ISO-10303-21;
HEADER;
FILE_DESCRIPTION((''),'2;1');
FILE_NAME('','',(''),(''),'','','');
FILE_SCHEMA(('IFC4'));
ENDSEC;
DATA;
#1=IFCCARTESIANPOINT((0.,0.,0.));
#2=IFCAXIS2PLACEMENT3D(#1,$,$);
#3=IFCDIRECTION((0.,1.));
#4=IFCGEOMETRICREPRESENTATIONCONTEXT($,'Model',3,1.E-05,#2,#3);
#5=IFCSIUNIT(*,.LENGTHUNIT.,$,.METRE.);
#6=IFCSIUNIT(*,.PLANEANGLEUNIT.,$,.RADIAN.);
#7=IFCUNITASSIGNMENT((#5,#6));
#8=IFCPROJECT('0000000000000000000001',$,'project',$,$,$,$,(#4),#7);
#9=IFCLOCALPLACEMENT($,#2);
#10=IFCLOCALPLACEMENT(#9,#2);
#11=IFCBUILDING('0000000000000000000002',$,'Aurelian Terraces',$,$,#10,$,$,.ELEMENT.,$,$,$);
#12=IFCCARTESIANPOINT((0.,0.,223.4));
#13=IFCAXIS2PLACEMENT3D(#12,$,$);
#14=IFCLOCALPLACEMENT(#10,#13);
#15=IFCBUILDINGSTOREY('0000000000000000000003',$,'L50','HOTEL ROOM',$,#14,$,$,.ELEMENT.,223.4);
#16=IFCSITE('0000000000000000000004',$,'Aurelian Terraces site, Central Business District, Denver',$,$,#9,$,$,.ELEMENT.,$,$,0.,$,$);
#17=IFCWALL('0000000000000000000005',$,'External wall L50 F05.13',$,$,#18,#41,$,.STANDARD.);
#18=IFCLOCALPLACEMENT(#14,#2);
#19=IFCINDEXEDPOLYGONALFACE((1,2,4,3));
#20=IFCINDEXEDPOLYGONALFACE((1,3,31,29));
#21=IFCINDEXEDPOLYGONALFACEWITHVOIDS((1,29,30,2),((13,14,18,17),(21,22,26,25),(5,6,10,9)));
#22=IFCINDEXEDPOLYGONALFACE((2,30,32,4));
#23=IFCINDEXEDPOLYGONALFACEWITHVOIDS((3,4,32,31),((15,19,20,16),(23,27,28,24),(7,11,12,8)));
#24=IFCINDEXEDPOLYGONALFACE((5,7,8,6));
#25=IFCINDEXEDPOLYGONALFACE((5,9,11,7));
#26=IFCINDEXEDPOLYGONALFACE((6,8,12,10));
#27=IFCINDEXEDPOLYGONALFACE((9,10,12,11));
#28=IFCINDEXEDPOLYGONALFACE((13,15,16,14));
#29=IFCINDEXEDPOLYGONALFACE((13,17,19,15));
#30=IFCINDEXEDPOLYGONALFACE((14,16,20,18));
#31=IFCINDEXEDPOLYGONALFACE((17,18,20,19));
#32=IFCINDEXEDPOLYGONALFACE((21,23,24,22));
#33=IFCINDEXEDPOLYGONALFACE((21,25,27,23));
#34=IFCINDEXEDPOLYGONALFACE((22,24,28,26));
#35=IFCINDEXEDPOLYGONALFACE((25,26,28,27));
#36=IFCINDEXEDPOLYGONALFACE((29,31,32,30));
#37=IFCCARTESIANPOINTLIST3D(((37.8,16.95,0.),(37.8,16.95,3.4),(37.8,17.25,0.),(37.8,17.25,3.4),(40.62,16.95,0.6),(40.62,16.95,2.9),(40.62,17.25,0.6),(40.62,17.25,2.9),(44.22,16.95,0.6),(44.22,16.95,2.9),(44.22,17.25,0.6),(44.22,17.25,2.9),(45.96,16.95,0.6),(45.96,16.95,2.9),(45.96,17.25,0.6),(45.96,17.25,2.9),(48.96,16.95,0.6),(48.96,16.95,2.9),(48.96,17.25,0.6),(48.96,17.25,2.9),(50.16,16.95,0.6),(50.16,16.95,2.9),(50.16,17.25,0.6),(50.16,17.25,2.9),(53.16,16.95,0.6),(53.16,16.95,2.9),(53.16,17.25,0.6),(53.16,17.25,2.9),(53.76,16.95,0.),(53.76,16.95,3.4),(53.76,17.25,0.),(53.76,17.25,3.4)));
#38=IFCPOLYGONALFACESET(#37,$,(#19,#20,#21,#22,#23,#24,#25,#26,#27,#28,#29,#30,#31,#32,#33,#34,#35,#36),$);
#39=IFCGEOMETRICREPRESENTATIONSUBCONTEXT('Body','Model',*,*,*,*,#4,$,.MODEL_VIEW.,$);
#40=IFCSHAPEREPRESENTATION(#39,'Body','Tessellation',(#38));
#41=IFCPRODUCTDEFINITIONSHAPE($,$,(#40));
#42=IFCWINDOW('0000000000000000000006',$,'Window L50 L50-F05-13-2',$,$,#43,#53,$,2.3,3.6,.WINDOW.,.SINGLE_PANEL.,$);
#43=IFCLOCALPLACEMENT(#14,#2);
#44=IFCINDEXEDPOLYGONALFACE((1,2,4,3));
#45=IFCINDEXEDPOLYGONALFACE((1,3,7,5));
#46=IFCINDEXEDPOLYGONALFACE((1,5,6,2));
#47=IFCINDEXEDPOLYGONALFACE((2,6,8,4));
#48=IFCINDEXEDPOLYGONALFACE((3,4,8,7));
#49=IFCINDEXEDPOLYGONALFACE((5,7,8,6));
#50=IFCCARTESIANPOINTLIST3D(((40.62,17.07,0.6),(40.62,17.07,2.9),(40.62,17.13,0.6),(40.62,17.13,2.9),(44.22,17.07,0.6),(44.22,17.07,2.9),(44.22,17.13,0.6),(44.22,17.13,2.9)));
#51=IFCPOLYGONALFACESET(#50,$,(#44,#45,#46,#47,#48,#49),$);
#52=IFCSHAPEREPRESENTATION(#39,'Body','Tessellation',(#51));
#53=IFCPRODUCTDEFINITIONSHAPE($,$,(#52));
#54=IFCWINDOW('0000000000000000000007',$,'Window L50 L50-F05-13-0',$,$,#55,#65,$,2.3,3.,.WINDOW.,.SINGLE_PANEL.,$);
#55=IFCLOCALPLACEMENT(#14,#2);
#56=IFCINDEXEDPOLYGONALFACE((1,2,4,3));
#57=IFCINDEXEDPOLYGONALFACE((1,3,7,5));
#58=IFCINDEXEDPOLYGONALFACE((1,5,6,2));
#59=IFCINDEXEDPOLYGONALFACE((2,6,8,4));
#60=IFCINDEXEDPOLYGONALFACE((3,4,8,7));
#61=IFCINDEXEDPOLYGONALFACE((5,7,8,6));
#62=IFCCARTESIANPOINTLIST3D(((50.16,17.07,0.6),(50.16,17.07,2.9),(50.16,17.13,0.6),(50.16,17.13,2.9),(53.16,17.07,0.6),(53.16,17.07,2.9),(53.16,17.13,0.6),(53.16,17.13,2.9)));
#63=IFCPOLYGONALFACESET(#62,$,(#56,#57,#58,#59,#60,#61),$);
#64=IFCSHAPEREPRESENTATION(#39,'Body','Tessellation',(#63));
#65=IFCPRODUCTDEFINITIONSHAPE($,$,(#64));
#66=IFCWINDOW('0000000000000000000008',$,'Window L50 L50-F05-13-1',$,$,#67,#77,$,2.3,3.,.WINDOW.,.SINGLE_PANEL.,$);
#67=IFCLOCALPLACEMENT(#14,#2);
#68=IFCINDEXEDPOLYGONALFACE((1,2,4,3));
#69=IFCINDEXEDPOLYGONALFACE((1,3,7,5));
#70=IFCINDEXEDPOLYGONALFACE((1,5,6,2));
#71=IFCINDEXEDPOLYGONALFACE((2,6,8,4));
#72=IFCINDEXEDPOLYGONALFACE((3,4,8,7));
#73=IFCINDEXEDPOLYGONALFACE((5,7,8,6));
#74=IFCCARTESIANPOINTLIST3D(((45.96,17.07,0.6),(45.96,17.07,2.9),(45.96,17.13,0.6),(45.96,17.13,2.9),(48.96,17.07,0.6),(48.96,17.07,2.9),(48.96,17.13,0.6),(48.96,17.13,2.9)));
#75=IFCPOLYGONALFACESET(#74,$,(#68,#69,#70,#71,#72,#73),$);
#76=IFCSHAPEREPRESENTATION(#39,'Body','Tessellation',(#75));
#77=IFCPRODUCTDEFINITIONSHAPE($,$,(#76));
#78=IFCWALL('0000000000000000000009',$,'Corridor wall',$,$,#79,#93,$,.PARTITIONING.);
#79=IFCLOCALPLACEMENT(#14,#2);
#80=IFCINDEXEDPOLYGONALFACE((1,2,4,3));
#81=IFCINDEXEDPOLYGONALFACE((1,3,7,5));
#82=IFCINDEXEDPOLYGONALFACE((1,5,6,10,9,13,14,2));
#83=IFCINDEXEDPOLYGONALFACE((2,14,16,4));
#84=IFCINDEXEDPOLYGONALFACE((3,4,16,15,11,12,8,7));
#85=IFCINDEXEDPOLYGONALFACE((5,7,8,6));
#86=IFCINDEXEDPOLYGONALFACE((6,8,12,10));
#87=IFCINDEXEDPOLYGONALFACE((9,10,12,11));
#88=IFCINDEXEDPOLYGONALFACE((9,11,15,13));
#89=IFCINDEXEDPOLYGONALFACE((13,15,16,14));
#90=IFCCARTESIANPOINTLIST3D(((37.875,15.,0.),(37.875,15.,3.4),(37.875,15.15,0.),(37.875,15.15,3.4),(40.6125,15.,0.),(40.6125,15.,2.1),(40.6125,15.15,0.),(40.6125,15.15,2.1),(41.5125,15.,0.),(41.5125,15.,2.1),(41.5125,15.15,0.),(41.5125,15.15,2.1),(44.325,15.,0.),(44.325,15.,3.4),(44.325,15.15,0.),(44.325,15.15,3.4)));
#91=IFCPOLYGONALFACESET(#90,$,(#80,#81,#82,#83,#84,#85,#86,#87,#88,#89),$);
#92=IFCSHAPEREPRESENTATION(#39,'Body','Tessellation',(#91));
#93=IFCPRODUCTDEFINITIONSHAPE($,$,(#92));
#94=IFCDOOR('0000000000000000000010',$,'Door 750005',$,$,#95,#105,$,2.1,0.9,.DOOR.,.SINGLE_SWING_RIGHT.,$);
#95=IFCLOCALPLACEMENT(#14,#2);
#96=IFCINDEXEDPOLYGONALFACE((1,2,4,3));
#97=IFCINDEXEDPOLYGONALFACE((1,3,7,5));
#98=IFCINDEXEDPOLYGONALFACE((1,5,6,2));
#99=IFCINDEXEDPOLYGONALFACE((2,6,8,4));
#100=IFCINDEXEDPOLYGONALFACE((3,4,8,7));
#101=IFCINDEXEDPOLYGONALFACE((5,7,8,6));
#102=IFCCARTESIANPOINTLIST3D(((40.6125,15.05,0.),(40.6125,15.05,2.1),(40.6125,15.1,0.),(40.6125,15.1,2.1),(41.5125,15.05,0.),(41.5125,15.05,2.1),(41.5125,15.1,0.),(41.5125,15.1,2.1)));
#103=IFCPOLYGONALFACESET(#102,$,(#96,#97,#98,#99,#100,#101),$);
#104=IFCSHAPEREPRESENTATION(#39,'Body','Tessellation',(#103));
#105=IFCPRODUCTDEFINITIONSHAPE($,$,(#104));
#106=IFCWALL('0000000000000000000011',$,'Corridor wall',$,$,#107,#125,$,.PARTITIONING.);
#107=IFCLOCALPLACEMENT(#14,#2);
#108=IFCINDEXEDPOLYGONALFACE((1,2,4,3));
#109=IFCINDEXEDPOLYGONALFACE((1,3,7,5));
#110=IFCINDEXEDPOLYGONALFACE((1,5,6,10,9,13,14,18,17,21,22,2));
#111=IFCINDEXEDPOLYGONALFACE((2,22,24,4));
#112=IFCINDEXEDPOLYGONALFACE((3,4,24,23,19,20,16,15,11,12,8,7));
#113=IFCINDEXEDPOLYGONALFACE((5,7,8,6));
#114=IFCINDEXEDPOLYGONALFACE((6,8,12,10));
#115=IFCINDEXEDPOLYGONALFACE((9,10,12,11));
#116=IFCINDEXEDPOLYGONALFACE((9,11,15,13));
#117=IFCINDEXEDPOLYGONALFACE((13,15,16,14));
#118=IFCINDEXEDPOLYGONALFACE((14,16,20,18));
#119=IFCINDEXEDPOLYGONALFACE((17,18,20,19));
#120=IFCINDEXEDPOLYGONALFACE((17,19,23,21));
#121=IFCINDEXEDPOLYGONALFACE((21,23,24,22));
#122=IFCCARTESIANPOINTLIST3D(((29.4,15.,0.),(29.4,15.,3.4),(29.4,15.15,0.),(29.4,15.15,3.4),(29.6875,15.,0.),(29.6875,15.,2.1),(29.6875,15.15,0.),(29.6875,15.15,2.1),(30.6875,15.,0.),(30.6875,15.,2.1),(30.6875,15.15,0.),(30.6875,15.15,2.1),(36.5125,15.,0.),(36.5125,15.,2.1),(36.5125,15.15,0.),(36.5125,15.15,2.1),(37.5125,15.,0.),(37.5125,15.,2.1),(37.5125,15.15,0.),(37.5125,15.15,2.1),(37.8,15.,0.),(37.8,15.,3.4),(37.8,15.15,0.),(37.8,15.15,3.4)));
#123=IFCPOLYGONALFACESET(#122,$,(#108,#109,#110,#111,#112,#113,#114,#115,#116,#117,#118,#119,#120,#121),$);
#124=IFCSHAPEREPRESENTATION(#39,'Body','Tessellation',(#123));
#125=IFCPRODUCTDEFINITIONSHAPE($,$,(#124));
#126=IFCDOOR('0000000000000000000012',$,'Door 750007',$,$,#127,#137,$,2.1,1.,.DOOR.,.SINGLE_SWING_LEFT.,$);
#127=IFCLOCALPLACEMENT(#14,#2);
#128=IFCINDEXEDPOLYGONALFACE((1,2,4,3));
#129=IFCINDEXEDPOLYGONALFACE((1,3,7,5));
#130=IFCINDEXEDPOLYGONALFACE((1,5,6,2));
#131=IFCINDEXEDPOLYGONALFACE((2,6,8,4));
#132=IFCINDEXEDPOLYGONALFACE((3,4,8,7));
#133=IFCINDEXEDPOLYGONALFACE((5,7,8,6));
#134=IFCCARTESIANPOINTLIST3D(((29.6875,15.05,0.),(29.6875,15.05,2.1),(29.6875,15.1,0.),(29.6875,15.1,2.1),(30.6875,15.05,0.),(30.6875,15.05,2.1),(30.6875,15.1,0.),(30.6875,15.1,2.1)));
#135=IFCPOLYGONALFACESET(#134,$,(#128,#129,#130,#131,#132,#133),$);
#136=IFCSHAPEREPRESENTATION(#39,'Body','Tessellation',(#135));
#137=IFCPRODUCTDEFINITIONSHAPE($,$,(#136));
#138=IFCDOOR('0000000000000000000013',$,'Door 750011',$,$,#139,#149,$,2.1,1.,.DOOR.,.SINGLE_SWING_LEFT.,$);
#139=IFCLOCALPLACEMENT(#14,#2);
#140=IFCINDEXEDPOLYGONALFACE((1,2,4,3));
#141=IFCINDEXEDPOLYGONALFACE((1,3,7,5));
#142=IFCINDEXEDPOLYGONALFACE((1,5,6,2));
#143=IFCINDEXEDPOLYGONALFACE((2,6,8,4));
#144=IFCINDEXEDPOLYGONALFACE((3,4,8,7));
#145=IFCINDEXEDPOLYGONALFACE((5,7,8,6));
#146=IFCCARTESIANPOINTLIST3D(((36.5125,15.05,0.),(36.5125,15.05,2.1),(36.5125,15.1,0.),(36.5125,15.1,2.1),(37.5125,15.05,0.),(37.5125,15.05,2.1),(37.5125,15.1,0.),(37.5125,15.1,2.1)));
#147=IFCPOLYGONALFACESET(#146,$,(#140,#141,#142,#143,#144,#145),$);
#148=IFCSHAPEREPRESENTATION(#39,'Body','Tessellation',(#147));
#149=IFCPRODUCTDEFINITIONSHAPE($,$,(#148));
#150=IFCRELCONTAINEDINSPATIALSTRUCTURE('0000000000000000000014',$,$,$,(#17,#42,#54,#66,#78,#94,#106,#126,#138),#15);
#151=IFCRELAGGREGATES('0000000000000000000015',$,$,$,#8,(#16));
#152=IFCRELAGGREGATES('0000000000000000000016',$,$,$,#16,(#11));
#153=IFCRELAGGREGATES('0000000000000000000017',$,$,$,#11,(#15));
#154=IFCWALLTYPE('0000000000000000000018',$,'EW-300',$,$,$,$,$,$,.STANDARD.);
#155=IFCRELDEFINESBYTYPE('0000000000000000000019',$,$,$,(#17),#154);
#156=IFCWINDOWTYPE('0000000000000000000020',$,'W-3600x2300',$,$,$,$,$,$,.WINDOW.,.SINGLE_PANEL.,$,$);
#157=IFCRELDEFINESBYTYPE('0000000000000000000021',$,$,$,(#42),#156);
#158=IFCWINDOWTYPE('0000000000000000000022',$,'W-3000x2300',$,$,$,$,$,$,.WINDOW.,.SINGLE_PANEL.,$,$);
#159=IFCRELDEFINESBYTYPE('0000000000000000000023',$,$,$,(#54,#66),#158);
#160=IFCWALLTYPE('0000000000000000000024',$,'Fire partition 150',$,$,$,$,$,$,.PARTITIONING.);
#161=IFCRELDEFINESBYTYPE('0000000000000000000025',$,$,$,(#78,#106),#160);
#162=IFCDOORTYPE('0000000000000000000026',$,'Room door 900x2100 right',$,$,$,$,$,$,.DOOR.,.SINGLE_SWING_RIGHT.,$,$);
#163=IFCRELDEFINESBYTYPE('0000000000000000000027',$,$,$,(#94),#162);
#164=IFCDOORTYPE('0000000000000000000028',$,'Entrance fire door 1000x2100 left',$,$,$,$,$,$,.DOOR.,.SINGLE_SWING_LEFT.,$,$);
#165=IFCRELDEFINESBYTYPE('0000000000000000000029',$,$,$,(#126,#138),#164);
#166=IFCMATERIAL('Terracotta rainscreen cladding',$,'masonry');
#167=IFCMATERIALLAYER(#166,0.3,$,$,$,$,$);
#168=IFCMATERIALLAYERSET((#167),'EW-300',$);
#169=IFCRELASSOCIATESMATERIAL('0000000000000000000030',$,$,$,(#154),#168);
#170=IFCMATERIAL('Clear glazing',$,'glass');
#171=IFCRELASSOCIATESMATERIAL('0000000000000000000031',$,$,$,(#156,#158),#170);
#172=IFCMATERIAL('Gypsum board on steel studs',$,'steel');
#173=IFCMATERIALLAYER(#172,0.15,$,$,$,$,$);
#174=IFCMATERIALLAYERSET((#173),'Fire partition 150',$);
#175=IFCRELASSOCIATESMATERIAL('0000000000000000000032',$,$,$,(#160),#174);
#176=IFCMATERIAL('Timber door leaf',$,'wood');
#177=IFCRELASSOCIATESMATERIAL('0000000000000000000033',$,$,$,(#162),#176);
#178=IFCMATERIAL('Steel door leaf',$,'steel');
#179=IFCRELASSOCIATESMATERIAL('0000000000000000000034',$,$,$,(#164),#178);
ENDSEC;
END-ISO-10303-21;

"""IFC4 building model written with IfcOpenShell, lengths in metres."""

from ifc_helpers import new_model, si_unit, direction, frame, frame_2d, origin, place, context, subcontext, project, spatial, rectangle, extrude, source, transform, mapped, material, layer, layer_set, type_object, element, fill, save


model = new_model("IFC4")

# Units and contexts
model_context = context("Model", 3, precision=1e-05, world=origin(), true_north=direction((0.0, 1.0)))
body_context = subcontext(model_context, "Body", "Model", "MODEL_VIEW")
ifc_project = project(units=[si_unit("LENGTHUNIT", "METRE"), si_unit("PLANEANGLEUNIT", "RADIAN")], contexts=[model_context])

# Site, building, storey
site_placement = place(None, origin())
site = spatial("IfcSite", under=ifc_project, at=site_placement, Name="Aurelian Terraces site, Central Business District, Denver", CompositionType="ELEMENT", RefElevation=0.0)
building_placement = place(site_placement, origin())
building = spatial("IfcBuilding", under=site, at=building_placement, Name="Aurelian Terraces", CompositionType="ELEMENT")
storey_placement = place(building_placement, frame((0.0, 0.0, 223.4)))
storey = spatial("IfcBuildingStorey", under=building, at=storey_placement, Name="L50", Description="HOTEL ROOM", CompositionType="ELEMENT", Elevation=223.4)

# Shared definitions
ifc_material_1 = material(Name="Terracotta rainscreen cladding", Category="masonry")
ifc_layer_1 = layer(ifc_material_1, 0.3)
ifc_layer_set_1 = layer_set([ifc_layer_1], Name="EW-300")
wall_type_1 = type_object("IfcWallType", Name="EW-300", PredefinedType="STANDARD", material=ifc_layer_set_1)
ifc_material_2 = material(Name="Clear glazing", Category="glass")

# Wall, openings, windows
shared_shape_1 = source(origin(), body_context, "Body", "SweptSolid", [
    extrude(rectangle(XDim=15.96, YDim=0.3, at=frame_2d((7.98, 0.0))), origin(), (0.0, 0.0, 1.0), 3.4),
])
wall_1_placement = place(storey_placement, frame((53.76, 17.1, 0.0), z_axis=(0.0, 0.0, 1.0), x_axis=(-1.0, 0.0, 0.0)))
wall_1 = element("IfcWall", 1, at=wall_1_placement, inside=storey, type_object=wall_type_1, Name="External wall L50 F05.13", PredefinedType="STANDARD", context=body_context, shape_type="MappedRepresentation", body=[
    mapped(shared_shape_1, transform((0.0, 0.0, 0.0), scale=1.0)),
])
shared_shape_2 = source(origin(), body_context, "Body", "SweptSolid", [
    extrude(rectangle(XDim=3.0, YDim=2.3, at=frame_2d((1.5, 1.15))), frame((0.0, 0.16, 0.0), z_axis=(0.0, -1.0, 0.0), x_axis=(1.0, 0.0, 0.0)), (0.0, 0.0, 1.0), 0.32),
])
opening_1_placement = place(wall_1_placement, frame((0.6, 0.0, 0.6)))
opening_1 = element("IfcOpeningElement", 2, at=opening_1_placement, cuts=wall_1, PredefinedType="OPENING", context=body_context, shape_type="MappedRepresentation", body=[
    mapped(shared_shape_2, transform((0.0, 0.0, 0.0), scale=1.0)),
])
opening_2_placement = place(wall_1_placement, frame((4.8, 0.0, 0.6)))
opening_2 = element("IfcOpeningElement", 3, at=opening_2_placement, cuts=wall_1, PredefinedType="OPENING", context=body_context, shape_type="MappedRepresentation", body=[
    mapped(shared_shape_2, transform((0.0, 0.0, 0.0), scale=1.0)),
])
shared_shape_3 = source(origin(), body_context, "Body", "SweptSolid", [
    extrude(rectangle(XDim=3.6, YDim=2.3, at=frame_2d((1.8, 1.15))), frame((0.0, 0.16, 0.0), z_axis=(0.0, -1.0, 0.0), x_axis=(1.0, 0.0, 0.0)), (0.0, 0.0, 1.0), 0.32),
])
opening_3_placement = place(wall_1_placement, frame((9.54, 0.0, 0.6)))
opening_3 = element("IfcOpeningElement", 4, at=opening_3_placement, cuts=wall_1, PredefinedType="OPENING", context=body_context, shape_type="MappedRepresentation", body=[
    mapped(shared_shape_3, transform((0.0, 0.0, 0.0), scale=1.0)),
])
window_type_1 = type_object("IfcWindowType", Name="W-3600x2300", PartitioningType="SINGLE_PANEL", PredefinedType="WINDOW", material=ifc_material_2)
shared_shape_4 = source(origin(), body_context, "Body", "SweptSolid", [
    extrude(rectangle(XDim=3.6, YDim=2.3, at=frame_2d((1.8, 1.15))), frame((0.0, 0.03, 0.0), z_axis=(0.0, -1.0, 0.0), x_axis=(1.0, 0.0, 0.0)), (0.0, 0.0, 1.0), 0.06),
])
window_1_placement = place(opening_3_placement, origin())
window_1 = element("IfcWindow", 5, at=window_1_placement, inside=storey, type_object=window_type_1, Name="Window L50 L50-F05-13-2", OverallHeight=2.3, OverallWidth=3.6, PartitioningType="SINGLE_PANEL", PredefinedType="WINDOW", context=body_context, shape_type="MappedRepresentation", body=[
    mapped(shared_shape_4, transform((0.0, 0.0, 0.0), scale=1.0)),
])
fill(opening_3, window_1)
window_type_2 = type_object("IfcWindowType", Name="W-3000x2300", PartitioningType="SINGLE_PANEL", PredefinedType="WINDOW", material=ifc_material_2)
shared_shape_5 = source(origin(), body_context, "Body", "SweptSolid", [
    extrude(rectangle(XDim=3.0, YDim=2.3, at=frame_2d((1.5, 1.15))), frame((0.0, 0.03, 0.0), z_axis=(0.0, -1.0, 0.0), x_axis=(1.0, 0.0, 0.0)), (0.0, 0.0, 1.0), 0.06),
])
window_2_placement = place(opening_1_placement, origin())
window_2 = element("IfcWindow", 6, at=window_2_placement, inside=storey, type_object=window_type_2, Name="Window L50 L50-F05-13-0", OverallHeight=2.3, OverallWidth=3.0, PartitioningType="SINGLE_PANEL", PredefinedType="WINDOW", context=body_context, shape_type="MappedRepresentation", body=[
    mapped(shared_shape_5, transform((0.0, 0.0, 0.0), scale=1.0)),
])
fill(opening_1, window_2)
window_3_placement = place(opening_2_placement, origin())
window_3 = element("IfcWindow", 7, at=window_3_placement, inside=storey, type_object=window_type_2, Name="Window L50 L50-F05-13-1", OverallHeight=2.3, OverallWidth=3.0, PartitioningType="SINGLE_PANEL", PredefinedType="WINDOW", context=body_context, shape_type="MappedRepresentation", body=[
    mapped(shared_shape_5, transform((0.0, 0.0, 0.0), scale=1.0)),
])
fill(opening_2, window_3)

# Wall, opening, door
ifc_material_3 = material(Name="Gypsum board on steel studs", Category="steel")
ifc_layer_2 = layer(ifc_material_3, 0.15)
ifc_layer_set_2 = layer_set([ifc_layer_2], Name="Fire partition 150")
wall_type_2 = type_object("IfcWallType", Name="Fire partition 150", PredefinedType="PARTITIONING", material=ifc_layer_set_2)
shared_shape_6 = source(origin(), body_context, "Body", "SweptSolid", [
    extrude(rectangle(XDim=6.45, YDim=0.15, at=frame_2d((3.225, 0.0))), origin(), (0.0, 0.0, 1.0), 3.4),
])
wall_2_placement = place(storey_placement, frame((44.325, 15.075, 0.0), z_axis=(0.0, 0.0, 1.0), x_axis=(-1.0, 0.0, 0.0)))
wall_2 = element("IfcWall", 8, at=wall_2_placement, inside=storey, type_object=wall_type_2, Name="Corridor wall", PredefinedType="PARTITIONING", context=body_context, shape_type="MappedRepresentation", body=[
    mapped(shared_shape_6, transform((0.0, 0.0, 0.0), scale=1.0)),
])
shared_shape_7 = source(origin(), body_context, "Body", "SweptSolid", [
    extrude(rectangle(XDim=0.9, YDim=2.1, at=frame_2d((0.45, 1.05))), frame((0.0, 0.085, 0.0), z_axis=(0.0, -1.0, 0.0), x_axis=(1.0, 0.0, 0.0)), (0.0, 0.0, 1.0), 0.17),
])
opening_4_placement = place(wall_2_placement, frame((2.8125, 0.0, 0.0)))
opening_4 = element("IfcOpeningElement", 9, at=opening_4_placement, cuts=wall_2, PredefinedType="OPENING", context=body_context, shape_type="MappedRepresentation", body=[
    mapped(shared_shape_7, transform((0.0, 0.0, 0.0), scale=1.0)),
])
ifc_material_4 = material(Name="Timber door leaf", Category="wood")
door_type_1 = type_object("IfcDoorType", Name="Room door 900x2100 right", OperationType="SINGLE_SWING_RIGHT", PredefinedType="DOOR", material=ifc_material_4)
shared_shape_8 = source(origin(), body_context, "Body", "SweptSolid", [
    extrude(rectangle(XDim=0.9, YDim=2.1, at=frame_2d((0.45, 1.05))), frame((0.0, 0.025, 0.0), z_axis=(0.0, -1.0, 0.0), x_axis=(1.0, 0.0, 0.0)), (0.0, 0.0, 1.0), 0.05),
])
door_1_placement = place(opening_4_placement, origin())
door_1 = element("IfcDoor", 10, at=door_1_placement, inside=storey, type_object=door_type_1, Name="Door 750005", OperationType="SINGLE_SWING_RIGHT", OverallHeight=2.1, OverallWidth=0.9, PredefinedType="DOOR", context=body_context, shape_type="MappedRepresentation", body=[
    mapped(shared_shape_8, transform((0.0, 0.0, 0.0), scale=1.0)),
])
fill(opening_4, door_1)

# Wall, openings, doors
shared_shape_9 = source(origin(), body_context, "Body", "SweptSolid", [
    extrude(rectangle(XDim=8.4, YDim=0.15, at=frame_2d((4.2, 0.0))), origin(), (0.0, 0.0, 1.0), 3.4),
])
wall_3_placement = place(storey_placement, frame((37.8, 15.075, 0.0), z_axis=(0.0, 0.0, 1.0), x_axis=(-1.0, 0.0, 0.0)))
wall_3 = element("IfcWall", 11, at=wall_3_placement, inside=storey, type_object=wall_type_2, Name="Corridor wall", PredefinedType="PARTITIONING", context=body_context, shape_type="MappedRepresentation", body=[
    mapped(shared_shape_9, transform((0.0, 0.0, 0.0), scale=1.0)),
])
shared_shape_10 = source(origin(), body_context, "Body", "SweptSolid", [
    extrude(rectangle(XDim=1.0, YDim=2.1, at=frame_2d((0.5, 1.05))), frame((0.0, 0.085, 0.0), z_axis=(0.0, -1.0, 0.0), x_axis=(1.0, 0.0, 0.0)), (0.0, 0.0, 1.0), 0.17),
])
opening_5_placement = place(wall_3_placement, frame((7.1125, 0.0, 0.0)))
opening_5 = element("IfcOpeningElement", 12, at=opening_5_placement, cuts=wall_3, PredefinedType="OPENING", context=body_context, shape_type="MappedRepresentation", body=[
    mapped(shared_shape_10, transform((0.0, 0.0, 0.0), scale=1.0)),
])
opening_6_placement = place(wall_3_placement, frame((0.2875, 0.0, 0.0)))
opening_6 = element("IfcOpeningElement", 13, at=opening_6_placement, cuts=wall_3, PredefinedType="OPENING", context=body_context, shape_type="MappedRepresentation", body=[
    mapped(shared_shape_10, transform((0.0, 0.0, 0.0), scale=1.0)),
])
ifc_material_5 = material(Name="Steel door leaf", Category="steel")
door_type_2 = type_object("IfcDoorType", Name="Entrance fire door 1000x2100 left", OperationType="SINGLE_SWING_LEFT", PredefinedType="DOOR", material=ifc_material_5)
shared_shape_11 = source(origin(), body_context, "Body", "SweptSolid", [
    extrude(rectangle(XDim=1.0, YDim=2.1, at=frame_2d((0.5, 1.05))), frame((0.0, 0.025, 0.0), z_axis=(0.0, -1.0, 0.0), x_axis=(1.0, 0.0, 0.0)), (0.0, 0.0, 1.0), 0.05),
])
door_2_placement = place(opening_5_placement, origin())
door_2 = element("IfcDoor", 14, at=door_2_placement, inside=storey, type_object=door_type_2, Name="Door 750007", OperationType="SINGLE_SWING_LEFT", OverallHeight=2.1, OverallWidth=1.0, PredefinedType="DOOR", context=body_context, shape_type="MappedRepresentation", body=[
    mapped(shared_shape_11, transform((0.0, 0.0, 0.0), scale=1.0)),
])
fill(opening_5, door_2)
door_3_placement = place(opening_6_placement, origin())
door_3 = element("IfcDoor", 15, at=door_3_placement, inside=storey, type_object=door_type_2, Name="Door 750011", OperationType="SINGLE_SWING_LEFT", OverallHeight=2.1, OverallWidth=1.0, PredefinedType="DOOR", context=body_context, shape_type="MappedRepresentation", body=[
    mapped(shared_shape_11, transform((0.0, 0.0, 0.0), scale=1.0)),
])
fill(opening_6, door_3)

save(model, "model.ifc")
